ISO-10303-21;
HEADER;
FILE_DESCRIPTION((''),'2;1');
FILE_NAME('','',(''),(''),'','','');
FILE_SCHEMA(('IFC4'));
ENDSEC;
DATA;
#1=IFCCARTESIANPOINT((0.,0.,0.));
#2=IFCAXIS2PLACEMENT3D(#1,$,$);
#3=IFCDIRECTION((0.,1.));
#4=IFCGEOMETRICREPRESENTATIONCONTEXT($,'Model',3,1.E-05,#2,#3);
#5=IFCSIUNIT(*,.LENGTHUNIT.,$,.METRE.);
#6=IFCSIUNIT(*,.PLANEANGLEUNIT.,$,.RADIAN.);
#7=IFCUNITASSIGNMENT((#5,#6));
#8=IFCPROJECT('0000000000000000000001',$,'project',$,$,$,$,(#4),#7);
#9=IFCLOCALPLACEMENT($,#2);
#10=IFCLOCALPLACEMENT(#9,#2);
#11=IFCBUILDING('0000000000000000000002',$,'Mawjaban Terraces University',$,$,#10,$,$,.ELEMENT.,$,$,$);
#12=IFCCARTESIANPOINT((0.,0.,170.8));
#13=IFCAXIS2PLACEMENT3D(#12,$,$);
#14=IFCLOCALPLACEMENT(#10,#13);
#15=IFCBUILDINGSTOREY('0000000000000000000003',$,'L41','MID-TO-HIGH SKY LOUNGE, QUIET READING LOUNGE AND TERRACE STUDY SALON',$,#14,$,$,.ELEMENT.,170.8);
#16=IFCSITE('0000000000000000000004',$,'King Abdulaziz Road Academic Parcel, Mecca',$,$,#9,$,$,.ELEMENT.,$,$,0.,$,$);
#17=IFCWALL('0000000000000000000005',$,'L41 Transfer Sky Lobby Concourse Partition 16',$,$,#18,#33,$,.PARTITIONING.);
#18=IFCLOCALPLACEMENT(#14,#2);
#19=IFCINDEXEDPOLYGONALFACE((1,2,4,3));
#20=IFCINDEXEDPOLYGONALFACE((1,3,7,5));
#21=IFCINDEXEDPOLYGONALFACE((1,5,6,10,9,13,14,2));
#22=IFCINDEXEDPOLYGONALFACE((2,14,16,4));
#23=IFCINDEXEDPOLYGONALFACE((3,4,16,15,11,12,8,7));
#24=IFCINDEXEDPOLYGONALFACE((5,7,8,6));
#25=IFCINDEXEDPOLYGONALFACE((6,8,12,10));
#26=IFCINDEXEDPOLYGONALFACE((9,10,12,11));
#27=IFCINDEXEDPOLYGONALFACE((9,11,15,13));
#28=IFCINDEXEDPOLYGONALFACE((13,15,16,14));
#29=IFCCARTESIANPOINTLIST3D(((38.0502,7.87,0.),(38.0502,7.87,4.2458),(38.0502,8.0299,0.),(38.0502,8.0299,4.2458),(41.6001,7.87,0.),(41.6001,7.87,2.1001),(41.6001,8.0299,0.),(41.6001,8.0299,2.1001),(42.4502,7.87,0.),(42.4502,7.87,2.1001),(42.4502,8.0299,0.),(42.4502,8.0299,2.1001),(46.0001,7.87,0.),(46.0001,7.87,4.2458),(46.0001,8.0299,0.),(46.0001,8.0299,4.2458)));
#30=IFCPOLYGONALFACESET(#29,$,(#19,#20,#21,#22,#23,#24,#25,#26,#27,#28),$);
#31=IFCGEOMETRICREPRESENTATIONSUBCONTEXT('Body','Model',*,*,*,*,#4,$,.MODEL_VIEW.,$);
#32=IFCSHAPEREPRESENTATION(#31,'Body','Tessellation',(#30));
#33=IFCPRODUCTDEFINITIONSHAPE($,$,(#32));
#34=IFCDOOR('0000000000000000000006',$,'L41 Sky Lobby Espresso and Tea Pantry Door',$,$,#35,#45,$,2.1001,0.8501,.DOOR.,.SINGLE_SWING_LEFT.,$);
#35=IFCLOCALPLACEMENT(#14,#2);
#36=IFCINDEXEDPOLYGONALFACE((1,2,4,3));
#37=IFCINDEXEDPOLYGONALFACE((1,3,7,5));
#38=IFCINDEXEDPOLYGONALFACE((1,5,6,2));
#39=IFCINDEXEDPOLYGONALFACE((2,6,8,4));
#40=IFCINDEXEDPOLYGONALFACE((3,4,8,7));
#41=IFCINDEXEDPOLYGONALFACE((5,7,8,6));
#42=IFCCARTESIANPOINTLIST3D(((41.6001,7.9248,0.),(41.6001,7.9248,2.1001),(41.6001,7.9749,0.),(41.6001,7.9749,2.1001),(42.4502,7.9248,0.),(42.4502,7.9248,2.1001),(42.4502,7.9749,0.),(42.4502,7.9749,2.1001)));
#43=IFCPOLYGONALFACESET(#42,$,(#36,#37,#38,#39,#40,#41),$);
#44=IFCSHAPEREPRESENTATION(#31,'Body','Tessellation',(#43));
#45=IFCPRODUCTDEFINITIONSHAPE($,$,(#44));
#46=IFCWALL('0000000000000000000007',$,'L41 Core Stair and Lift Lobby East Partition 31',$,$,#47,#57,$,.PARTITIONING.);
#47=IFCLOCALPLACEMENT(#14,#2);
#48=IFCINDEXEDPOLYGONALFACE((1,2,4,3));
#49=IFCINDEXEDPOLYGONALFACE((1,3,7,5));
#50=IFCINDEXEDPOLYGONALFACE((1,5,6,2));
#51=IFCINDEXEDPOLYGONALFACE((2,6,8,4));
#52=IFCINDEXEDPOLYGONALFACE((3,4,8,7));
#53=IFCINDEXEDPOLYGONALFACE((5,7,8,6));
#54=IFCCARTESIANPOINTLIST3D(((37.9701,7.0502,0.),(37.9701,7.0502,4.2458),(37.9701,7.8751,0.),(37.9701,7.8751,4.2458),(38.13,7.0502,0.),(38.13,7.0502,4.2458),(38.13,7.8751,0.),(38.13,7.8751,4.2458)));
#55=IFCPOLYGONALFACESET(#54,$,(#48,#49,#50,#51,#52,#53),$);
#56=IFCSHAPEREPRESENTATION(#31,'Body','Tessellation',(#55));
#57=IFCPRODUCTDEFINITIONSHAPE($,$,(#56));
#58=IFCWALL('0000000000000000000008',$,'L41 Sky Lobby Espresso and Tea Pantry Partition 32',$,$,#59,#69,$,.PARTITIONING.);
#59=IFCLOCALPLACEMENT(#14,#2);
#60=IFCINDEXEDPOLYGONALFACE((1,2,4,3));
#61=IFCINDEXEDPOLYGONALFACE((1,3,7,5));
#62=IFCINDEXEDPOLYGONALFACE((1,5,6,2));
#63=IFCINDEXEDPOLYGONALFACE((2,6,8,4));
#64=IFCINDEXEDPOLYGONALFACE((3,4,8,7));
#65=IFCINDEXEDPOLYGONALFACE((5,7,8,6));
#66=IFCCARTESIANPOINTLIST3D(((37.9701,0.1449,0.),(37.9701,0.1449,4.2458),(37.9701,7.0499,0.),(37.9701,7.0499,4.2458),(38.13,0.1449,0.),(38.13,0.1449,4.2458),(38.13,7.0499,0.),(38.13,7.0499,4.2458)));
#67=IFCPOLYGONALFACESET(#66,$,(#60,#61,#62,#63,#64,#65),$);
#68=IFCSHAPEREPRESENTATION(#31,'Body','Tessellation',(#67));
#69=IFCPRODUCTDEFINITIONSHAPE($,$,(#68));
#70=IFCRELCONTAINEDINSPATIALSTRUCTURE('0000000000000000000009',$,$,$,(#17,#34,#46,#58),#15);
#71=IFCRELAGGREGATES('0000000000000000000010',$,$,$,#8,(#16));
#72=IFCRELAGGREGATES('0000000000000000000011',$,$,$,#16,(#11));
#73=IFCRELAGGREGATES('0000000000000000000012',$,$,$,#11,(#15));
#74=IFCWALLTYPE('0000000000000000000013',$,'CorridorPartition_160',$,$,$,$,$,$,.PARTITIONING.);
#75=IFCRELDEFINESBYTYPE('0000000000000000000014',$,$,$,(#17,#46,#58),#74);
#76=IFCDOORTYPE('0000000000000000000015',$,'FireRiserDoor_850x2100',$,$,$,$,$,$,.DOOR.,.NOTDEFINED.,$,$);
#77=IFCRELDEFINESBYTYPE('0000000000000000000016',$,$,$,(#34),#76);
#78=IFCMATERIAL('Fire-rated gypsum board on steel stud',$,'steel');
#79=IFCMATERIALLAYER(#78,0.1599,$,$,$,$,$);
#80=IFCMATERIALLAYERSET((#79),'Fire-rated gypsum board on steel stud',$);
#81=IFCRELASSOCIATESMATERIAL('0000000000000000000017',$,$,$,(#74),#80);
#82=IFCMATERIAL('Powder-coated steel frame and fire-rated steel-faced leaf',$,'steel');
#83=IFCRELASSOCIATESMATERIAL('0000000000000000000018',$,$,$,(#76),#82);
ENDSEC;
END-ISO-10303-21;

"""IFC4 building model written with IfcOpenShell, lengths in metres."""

from ifc_helpers import new_model, si_unit, direction, frame, frame_2d, origin, place, context, subcontext, project, spatial, rectangle, extrude, material, layer, layer_set, type_object, element, fill, save


model = new_model("IFC4")

# Units and contexts
model_context = context("Model", 3, precision=1e-05, world=origin(), true_north=direction((0.0, 1.0)))
body_context = subcontext(model_context, "Body", "Model", "MODEL_VIEW")
ifc_project = project(units=[si_unit("LENGTHUNIT", "METRE"), si_unit("PLANEANGLEUNIT", "RADIAN")], contexts=[model_context])

# Site, building, storey
site_placement = place(None, origin())
site = spatial("IfcSite", under=ifc_project, at=site_placement, Name="King Abdulaziz Road Academic Parcel, Mecca", CompositionType="ELEMENT", RefElevation=0.0)
building_placement = place(site_placement, origin())
building = spatial("IfcBuilding", under=site, at=building_placement, Name="Mawjaban Terraces University", CompositionType="ELEMENT")
storey_placement = place(building_placement, frame((0.0, 0.0, 170.8)))
storey = spatial("IfcBuildingStorey", under=building, at=storey_placement, Name="L41", Description="MID-TO-HIGH SKY LOUNGE, QUIET READING LOUNGE AND TERRACE STUDY SALON", CompositionType="ELEMENT", Elevation=170.8)

# Wall, opening, door
ifc_material_1 = material(Name="Fire-rated gypsum board on steel stud", Category="steel")
ifc_layer_1 = layer(ifc_material_1, 0.1599)
ifc_layer_set_1 = layer_set([ifc_layer_1], Name="Fire-rated gypsum board on steel stud")
wall_type_1 = type_object("IfcWallType", Name="CorridorPartition_160", PredefinedType="PARTITIONING", material=ifc_layer_set_1)
wall_1_placement = place(storey_placement, frame((38.05, 7.95, 0.0), z_axis=(0.0, 0.0, 1.0), x_axis=(1.0, 0.0, 0.0)))
wall_1 = element("IfcWall", 1, at=wall_1_placement, inside=storey, type_object=wall_type_1, Name="L41 Transfer Sky Lobby Concourse Partition 16", PredefinedType="PARTITIONING", context=body_context, shape_type="SweptSolid", body=[
    extrude(rectangle(XDim=7.95, YDim=0.1599, at=frame_2d((3.9751, 0.0))), origin(), (0.0, 0.0, 1.0), 4.2458),
])
opening_1_placement = place(wall_1_placement, frame((3.55, 0.0, 0.0)))
opening_1 = element("IfcOpeningElement", 2, at=opening_1_placement, cuts=wall_1, PredefinedType="OPENING", context=body_context, shape_type="SweptSolid", body=[
    extrude(rectangle(XDim=0.8501, YDim=2.1001, at=frame_2d((0.425, 1.05))), frame((0.0, 0.0898, 0.0), z_axis=(0.0, -1.0, 0.0), x_axis=(1.0, 0.0, 0.0)), (0.0, 0.0, 1.0), 0.1799),
])
ifc_material_2 = material(Name="Powder-coated steel frame and fire-rated steel-faced leaf", Category="steel")
door_type_1 = type_object("IfcDoorType", Name="FireRiserDoor_850x2100", OperationType="NOTDEFINED", PredefinedType="DOOR", material=ifc_material_2)
door_1_placement = place(opening_1_placement, origin())
door_1 = element("IfcDoor", 3, at=door_1_placement, inside=storey, type_object=door_type_1, Name="L41 Sky Lobby Espresso and Tea Pantry Door", OperationType="SINGLE_SWING_LEFT", OverallHeight=2.1001, OverallWidth=0.8501, PredefinedType="DOOR", context=body_context, shape_type="SweptSolid", body=[
    extrude(rectangle(XDim=0.8501, YDim=2.1001, at=frame_2d((0.425, 1.05))), frame((0.0, 0.0249, 0.0), z_axis=(0.0, -1.0, 0.0), x_axis=(1.0, 0.0, 0.0)), (0.0, 0.0, 1.0), 0.05),
])
fill(opening_1, door_1)

# Walls
wall_2_placement = place(storey_placement, frame((38.05, 7.05, 0.0), z_axis=(0.0, 0.0, 1.0), x_axis=(0.0, 1.0, 0.0)))
element("IfcWall", 4, at=wall_2_placement, inside=storey, type_object=wall_type_1, Name="L41 Core Stair and Lift Lobby East Partition 31", PredefinedType="PARTITIONING", context=body_context, shape_type="SweptSolid", body=[
    extrude(rectangle(XDim=0.825, YDim=0.1599, at=frame_2d((0.4126, 0.0))), origin(), (0.0, 0.0, 1.0), 4.2458),
])
wall_3_placement = place(storey_placement, frame((38.05, 7.05, 0.0), z_axis=(0.0, 0.0, 1.0), x_axis=(0.0, -1.0, 0.0)))
element("IfcWall", 5, at=wall_3_placement, inside=storey, type_object=wall_type_1, Name="L41 Sky Lobby Espresso and Tea Pantry Partition 32", PredefinedType="PARTITIONING", context=body_context, shape_type="SweptSolid", body=[
    extrude(rectangle(XDim=6.905, YDim=0.1599, at=frame_2d((3.4526, 0.0))), origin(), (0.0, 0.0, 1.0), 4.2458),
])

save(model, "model.ifc")
